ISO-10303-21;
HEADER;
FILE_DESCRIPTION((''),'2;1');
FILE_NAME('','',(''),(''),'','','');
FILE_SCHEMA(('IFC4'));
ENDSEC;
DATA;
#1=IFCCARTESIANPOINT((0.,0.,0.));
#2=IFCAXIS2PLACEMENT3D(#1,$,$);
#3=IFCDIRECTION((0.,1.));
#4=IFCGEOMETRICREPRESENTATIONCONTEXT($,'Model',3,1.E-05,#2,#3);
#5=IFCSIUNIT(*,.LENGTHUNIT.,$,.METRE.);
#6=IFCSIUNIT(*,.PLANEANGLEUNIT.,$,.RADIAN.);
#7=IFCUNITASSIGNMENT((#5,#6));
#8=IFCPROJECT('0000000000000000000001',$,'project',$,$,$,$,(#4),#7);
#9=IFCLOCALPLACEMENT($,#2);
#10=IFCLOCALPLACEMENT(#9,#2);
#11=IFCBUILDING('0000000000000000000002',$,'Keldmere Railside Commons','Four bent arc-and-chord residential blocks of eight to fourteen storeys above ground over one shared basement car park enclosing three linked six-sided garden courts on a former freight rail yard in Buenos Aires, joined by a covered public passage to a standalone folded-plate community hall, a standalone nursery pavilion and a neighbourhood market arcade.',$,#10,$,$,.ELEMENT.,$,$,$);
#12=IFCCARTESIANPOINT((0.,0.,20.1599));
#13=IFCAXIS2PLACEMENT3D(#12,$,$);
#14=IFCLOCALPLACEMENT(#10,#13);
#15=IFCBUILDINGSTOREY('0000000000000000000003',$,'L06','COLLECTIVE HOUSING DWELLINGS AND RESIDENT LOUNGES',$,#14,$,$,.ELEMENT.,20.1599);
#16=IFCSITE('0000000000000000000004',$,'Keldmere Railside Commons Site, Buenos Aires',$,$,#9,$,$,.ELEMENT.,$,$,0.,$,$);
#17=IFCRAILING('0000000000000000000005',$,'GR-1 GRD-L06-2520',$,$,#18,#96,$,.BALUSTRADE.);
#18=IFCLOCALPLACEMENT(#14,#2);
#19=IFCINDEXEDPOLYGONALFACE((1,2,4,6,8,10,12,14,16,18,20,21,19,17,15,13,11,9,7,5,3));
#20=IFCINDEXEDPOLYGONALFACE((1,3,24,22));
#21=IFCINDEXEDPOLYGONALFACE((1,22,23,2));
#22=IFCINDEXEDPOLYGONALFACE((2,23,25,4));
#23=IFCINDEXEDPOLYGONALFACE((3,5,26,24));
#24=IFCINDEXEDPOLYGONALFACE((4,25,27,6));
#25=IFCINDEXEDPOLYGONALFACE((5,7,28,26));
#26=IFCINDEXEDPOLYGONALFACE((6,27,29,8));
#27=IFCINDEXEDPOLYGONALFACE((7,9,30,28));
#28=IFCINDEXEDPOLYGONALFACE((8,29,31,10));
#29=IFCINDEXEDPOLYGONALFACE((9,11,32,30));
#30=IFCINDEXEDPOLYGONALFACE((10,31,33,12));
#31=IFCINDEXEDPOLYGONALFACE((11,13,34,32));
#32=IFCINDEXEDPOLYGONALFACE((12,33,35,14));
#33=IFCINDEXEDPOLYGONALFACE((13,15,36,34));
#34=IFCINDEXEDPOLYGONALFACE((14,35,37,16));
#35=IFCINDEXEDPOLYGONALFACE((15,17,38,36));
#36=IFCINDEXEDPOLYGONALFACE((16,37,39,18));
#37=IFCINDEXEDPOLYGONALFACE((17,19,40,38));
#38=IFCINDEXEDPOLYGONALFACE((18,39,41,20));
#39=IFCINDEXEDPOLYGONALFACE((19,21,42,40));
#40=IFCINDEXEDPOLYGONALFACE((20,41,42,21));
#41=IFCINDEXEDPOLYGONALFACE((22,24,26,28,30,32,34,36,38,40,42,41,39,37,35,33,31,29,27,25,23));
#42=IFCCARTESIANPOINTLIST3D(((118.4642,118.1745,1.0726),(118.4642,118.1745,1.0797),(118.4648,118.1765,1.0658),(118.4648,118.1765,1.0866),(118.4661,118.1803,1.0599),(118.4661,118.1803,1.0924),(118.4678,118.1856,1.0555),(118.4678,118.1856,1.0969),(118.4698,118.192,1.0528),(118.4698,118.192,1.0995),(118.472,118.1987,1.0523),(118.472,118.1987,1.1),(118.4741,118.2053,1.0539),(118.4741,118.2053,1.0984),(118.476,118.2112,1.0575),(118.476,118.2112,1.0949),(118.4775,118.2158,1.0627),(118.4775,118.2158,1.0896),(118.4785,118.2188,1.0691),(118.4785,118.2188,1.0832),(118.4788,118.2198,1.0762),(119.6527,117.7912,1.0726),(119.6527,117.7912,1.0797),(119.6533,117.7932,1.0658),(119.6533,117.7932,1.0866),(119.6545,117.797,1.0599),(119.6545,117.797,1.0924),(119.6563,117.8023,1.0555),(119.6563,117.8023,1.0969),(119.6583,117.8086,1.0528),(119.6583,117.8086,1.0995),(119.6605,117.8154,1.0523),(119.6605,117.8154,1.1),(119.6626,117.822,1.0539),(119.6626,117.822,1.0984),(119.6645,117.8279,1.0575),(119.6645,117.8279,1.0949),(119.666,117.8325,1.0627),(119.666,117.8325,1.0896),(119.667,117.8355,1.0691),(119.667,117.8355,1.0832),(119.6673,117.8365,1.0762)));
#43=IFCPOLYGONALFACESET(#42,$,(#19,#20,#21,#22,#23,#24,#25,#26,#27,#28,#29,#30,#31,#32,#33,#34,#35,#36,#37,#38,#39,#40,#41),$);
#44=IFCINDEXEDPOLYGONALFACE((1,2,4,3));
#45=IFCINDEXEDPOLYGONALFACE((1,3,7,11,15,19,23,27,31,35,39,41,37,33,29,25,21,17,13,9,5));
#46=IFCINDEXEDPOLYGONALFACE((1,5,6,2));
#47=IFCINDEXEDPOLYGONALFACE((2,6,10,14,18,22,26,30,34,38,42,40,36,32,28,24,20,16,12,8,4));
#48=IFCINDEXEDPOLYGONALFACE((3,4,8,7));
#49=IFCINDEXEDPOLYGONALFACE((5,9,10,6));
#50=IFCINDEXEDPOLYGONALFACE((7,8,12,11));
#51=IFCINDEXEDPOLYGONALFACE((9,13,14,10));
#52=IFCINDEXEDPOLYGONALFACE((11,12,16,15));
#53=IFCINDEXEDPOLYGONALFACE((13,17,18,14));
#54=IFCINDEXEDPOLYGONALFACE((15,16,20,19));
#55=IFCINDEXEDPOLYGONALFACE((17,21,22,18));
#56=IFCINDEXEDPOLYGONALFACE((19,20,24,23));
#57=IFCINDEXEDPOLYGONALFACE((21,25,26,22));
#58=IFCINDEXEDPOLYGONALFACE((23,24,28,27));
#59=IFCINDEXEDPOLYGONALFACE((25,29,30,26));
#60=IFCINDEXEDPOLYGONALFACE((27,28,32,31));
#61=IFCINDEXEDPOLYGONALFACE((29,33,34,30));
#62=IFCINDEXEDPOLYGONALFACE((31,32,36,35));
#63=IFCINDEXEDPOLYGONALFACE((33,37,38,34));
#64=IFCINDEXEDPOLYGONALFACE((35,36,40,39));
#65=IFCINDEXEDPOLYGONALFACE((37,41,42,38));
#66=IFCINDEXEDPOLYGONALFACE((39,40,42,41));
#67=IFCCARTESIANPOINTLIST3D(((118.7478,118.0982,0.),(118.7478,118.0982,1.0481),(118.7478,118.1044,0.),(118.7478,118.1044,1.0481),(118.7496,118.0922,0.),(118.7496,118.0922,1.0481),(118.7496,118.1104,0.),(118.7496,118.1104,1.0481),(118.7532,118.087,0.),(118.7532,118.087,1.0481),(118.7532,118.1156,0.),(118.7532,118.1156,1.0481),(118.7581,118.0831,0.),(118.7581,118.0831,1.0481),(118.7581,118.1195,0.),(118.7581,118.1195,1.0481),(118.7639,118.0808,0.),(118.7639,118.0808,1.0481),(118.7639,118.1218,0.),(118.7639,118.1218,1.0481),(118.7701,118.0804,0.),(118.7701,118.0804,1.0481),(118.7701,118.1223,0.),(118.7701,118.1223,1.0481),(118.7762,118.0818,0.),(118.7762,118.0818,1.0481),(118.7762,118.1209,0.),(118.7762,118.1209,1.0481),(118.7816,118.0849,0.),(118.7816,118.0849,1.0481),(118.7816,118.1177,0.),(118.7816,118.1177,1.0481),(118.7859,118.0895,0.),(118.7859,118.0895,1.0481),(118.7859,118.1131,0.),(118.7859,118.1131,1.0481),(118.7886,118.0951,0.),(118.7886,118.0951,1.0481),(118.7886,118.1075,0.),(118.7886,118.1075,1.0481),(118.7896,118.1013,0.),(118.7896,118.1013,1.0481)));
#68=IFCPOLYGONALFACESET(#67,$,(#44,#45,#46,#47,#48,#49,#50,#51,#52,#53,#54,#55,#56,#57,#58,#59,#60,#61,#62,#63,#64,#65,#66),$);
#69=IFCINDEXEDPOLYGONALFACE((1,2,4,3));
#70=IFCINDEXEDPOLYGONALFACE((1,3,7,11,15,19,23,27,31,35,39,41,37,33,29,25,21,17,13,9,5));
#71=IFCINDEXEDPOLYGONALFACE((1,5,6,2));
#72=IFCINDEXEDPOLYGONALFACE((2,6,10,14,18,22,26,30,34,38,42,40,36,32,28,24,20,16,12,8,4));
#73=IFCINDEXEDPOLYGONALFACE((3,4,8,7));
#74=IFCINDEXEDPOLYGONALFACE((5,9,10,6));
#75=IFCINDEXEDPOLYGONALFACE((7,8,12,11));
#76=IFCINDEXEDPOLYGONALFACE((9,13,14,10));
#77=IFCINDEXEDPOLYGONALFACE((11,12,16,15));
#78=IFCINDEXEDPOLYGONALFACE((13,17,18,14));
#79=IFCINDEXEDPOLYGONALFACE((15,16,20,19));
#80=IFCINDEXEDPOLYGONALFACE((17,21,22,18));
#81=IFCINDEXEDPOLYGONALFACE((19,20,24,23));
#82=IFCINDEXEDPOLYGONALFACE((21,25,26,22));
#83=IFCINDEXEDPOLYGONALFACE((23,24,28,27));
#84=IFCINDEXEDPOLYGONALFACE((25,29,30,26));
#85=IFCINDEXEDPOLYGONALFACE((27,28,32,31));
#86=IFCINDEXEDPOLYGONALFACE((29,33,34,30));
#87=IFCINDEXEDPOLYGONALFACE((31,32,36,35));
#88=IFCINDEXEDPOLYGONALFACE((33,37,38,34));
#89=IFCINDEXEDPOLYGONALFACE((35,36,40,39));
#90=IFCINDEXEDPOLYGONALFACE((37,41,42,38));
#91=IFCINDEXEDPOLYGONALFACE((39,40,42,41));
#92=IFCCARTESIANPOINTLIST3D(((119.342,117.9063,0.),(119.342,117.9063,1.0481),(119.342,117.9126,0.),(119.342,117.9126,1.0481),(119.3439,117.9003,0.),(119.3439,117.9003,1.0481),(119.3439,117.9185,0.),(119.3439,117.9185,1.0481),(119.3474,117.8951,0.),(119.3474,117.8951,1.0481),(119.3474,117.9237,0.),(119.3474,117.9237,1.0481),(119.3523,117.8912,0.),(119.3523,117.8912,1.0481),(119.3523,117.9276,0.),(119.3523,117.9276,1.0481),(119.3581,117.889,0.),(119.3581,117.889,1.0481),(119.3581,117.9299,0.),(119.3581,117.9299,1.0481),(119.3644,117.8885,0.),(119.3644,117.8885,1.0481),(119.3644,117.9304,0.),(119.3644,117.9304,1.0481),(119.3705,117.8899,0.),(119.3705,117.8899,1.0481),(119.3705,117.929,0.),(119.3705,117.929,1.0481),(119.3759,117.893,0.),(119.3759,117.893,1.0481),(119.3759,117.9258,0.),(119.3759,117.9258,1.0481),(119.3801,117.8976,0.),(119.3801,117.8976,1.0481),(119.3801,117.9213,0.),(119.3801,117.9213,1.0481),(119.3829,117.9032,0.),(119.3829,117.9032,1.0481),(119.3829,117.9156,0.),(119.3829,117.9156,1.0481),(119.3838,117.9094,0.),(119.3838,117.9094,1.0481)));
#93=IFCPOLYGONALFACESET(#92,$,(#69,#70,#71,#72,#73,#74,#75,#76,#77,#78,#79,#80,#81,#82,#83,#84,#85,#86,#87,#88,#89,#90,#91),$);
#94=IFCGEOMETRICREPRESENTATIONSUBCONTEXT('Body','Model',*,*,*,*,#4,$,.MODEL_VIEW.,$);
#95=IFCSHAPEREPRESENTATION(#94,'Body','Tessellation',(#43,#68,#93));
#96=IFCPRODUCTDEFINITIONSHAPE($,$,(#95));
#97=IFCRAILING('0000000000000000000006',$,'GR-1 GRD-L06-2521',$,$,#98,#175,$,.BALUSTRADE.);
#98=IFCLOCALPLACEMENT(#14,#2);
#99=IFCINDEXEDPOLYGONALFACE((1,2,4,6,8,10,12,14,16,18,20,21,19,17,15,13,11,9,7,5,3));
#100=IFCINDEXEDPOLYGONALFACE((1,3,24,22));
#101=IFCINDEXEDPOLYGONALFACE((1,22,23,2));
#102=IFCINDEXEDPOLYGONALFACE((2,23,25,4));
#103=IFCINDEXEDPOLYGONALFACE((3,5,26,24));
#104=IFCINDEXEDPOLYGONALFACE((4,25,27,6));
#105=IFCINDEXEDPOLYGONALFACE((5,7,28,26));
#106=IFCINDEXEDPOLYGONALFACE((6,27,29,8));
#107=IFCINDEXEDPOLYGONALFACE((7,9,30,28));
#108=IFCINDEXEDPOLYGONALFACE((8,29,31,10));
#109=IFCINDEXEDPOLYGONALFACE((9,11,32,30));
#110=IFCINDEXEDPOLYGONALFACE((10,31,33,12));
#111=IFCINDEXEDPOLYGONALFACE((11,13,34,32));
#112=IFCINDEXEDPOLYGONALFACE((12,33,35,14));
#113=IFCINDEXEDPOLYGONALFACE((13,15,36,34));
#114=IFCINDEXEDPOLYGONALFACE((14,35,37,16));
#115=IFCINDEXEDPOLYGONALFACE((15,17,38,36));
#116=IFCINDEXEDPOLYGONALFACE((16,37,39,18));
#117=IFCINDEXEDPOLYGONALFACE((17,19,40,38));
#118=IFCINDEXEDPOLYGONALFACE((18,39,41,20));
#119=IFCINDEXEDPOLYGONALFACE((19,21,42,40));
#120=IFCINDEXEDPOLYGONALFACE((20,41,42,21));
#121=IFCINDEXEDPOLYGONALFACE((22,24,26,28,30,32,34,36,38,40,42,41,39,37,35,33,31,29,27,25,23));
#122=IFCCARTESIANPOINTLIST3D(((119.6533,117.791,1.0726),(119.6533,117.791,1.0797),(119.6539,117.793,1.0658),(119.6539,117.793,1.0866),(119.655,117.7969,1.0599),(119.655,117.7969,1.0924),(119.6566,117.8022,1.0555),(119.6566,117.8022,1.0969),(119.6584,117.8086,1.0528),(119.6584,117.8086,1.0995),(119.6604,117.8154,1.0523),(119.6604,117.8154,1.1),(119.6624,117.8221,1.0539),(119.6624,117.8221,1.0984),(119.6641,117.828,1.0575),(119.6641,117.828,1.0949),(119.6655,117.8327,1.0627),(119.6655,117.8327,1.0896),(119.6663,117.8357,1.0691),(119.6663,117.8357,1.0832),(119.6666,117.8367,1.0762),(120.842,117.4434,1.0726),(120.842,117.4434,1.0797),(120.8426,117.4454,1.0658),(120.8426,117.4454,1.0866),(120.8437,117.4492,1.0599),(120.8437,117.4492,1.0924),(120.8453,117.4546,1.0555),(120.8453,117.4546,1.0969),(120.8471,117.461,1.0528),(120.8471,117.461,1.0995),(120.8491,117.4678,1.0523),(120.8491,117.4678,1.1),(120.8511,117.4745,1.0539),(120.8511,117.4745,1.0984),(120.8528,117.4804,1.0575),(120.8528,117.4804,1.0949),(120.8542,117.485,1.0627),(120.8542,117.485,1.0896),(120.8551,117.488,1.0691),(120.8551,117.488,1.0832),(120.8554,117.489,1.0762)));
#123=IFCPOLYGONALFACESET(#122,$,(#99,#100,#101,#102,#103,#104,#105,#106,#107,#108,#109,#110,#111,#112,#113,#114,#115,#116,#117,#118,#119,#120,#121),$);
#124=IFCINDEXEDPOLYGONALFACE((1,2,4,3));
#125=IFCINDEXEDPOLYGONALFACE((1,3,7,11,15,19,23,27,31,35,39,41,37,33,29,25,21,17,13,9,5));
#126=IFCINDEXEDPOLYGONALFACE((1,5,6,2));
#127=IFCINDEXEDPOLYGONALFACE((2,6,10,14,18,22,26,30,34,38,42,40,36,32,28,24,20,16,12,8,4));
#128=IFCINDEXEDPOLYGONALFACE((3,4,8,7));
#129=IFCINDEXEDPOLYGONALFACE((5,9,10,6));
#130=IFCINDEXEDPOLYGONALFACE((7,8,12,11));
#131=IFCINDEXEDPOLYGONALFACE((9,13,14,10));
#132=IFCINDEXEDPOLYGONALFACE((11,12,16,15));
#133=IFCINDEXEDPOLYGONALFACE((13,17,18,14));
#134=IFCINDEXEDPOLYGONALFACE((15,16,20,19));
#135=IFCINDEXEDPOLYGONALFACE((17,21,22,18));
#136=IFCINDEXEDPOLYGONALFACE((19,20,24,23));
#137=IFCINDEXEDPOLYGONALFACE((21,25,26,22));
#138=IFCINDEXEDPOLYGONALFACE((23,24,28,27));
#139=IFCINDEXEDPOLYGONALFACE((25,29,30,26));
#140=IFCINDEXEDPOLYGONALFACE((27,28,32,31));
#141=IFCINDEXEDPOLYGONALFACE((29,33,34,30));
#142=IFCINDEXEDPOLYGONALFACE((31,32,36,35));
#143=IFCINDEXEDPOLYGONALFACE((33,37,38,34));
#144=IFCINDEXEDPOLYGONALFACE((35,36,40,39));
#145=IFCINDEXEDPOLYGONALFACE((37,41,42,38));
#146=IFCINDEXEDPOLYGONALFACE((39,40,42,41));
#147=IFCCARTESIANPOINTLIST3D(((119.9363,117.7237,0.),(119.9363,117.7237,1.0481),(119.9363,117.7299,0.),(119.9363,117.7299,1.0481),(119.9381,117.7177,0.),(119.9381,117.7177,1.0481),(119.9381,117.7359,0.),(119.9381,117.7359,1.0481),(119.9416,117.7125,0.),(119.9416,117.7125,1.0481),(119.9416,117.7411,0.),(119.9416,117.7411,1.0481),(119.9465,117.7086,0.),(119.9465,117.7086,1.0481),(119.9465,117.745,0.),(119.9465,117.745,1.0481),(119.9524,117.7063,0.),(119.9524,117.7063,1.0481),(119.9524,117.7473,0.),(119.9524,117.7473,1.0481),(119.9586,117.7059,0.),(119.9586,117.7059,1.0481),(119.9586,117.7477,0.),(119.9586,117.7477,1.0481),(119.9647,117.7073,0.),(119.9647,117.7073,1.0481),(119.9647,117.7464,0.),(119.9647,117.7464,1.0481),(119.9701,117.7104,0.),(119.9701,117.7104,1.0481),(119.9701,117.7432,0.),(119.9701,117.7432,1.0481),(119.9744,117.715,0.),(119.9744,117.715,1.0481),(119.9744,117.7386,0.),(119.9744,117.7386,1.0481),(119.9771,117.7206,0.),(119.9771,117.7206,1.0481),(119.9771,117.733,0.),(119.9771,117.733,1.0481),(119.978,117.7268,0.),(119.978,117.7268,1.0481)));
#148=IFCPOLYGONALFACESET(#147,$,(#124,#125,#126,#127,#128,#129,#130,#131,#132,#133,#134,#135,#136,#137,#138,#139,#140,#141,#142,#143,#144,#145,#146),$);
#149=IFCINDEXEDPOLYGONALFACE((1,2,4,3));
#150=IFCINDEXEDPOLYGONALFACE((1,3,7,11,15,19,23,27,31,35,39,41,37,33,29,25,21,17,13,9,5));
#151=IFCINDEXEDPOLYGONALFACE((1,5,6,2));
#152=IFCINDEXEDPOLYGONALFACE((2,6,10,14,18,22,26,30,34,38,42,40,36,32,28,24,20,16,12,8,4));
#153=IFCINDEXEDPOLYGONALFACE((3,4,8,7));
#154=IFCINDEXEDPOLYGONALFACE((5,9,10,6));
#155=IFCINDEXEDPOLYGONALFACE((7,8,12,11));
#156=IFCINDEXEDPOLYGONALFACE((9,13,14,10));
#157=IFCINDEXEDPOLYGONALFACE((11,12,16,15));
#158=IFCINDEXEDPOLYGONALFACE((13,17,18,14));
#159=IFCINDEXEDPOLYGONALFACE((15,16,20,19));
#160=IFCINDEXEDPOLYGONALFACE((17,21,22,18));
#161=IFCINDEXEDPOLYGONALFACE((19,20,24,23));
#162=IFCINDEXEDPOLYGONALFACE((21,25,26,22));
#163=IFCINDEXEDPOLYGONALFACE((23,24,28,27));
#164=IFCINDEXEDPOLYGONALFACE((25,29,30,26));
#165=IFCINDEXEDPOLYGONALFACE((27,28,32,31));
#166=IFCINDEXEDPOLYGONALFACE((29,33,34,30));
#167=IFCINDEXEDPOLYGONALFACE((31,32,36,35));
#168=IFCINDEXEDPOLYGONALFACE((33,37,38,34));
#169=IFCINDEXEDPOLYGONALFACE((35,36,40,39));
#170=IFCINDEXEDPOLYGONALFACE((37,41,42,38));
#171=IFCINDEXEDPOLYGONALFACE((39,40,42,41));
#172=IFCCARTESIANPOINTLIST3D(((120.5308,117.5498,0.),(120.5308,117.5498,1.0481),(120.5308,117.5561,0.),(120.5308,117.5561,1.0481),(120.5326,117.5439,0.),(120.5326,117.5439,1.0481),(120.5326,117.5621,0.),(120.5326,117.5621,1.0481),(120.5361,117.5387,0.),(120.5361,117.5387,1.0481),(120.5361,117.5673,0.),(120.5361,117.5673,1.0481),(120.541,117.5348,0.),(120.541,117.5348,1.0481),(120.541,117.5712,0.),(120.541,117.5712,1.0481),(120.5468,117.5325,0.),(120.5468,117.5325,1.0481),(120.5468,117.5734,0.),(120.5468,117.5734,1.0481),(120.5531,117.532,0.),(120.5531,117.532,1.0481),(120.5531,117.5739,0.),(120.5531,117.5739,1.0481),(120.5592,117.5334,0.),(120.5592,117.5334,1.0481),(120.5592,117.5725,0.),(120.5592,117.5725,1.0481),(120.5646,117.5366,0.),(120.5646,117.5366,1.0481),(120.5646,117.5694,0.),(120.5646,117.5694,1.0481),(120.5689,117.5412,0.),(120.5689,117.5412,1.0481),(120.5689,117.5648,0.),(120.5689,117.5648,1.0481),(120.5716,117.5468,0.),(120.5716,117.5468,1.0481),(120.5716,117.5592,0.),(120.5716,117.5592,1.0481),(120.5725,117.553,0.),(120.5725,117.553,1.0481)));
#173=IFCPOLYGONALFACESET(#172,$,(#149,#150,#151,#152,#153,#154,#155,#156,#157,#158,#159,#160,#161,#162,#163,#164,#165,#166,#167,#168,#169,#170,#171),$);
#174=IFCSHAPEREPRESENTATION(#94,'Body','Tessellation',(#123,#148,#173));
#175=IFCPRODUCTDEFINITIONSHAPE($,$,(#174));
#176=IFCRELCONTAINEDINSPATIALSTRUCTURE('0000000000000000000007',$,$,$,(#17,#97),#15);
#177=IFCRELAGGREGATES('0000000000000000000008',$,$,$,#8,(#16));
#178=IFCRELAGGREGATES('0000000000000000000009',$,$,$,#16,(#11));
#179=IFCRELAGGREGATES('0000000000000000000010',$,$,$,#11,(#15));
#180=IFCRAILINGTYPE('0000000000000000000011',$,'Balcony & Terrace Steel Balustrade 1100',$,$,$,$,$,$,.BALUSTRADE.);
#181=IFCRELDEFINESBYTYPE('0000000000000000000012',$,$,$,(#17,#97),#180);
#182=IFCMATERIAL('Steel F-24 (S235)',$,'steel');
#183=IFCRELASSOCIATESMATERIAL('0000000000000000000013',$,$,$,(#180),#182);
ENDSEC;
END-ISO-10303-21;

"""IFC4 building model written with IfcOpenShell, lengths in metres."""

from ifc_helpers import new_model, si_unit, direction, frame, origin, origin_2d, place, context, subcontext, project, spatial, circle, extrude, material, type_object, element, save


model = new_model("IFC4")

# Units and contexts
model_context = context("Model", 3, precision=1e-05, world=origin(), true_north=direction((0.0, 1.0)))
body_context = subcontext(model_context, "Body", "Model", "MODEL_VIEW")
ifc_project = project(units=[si_unit("LENGTHUNIT", "METRE"), si_unit("PLANEANGLEUNIT", "RADIAN")], contexts=[model_context])

# Site, building, storey
site_placement = place(None, origin())
site = spatial("IfcSite", under=ifc_project, at=site_placement, Name="Keldmere Railside Commons Site, Buenos Aires", CompositionType="ELEMENT", RefElevation=0.0)
building_placement = place(site_placement, origin())
building = spatial("IfcBuilding", under=site, at=building_placement, Name="Keldmere Railside Commons", Description="Four bent arc-and-chord residential blocks of eight to fourteen storeys above ground over one shared basement car park enclosing three linked six-sided garden courts on a former freight rail yard in Buenos Aires, joined by a covered public passage to a standalone folded-plate community hall, a standalone nursery pavilion and a neighbourhood market arcade.", CompositionType="ELEMENT")
storey_placement = place(building_placement, frame((0.0, 0.0, 20.1599)))
storey = spatial("IfcBuildingStorey", under=building, at=storey_placement, Name="L06", Description="COLLECTIVE HOUSING DWELLINGS AND RESIDENT LOUNGES", CompositionType="ELEMENT", Elevation=20.1599)

# Railings
ifc_material_1 = material(Name="Steel F-24 (S235)", Category="steel")
railing_type = type_object("IfcRailingType", Name="Balcony & Terrace Steel Balustrade 1100", PredefinedType="BALUSTRADE", material=ifc_material_1)
railing_1_placement = place(storey_placement, frame((118.4714, 118.197, 0.0)))
element("IfcRailing", 1, at=railing_1_placement, inside=storey, type_object=railing_type, Name="GR-1 GRD-L06-2520", PredefinedType="BALUSTRADE", context=body_context, shape_type="SweptSolid", body=[
    extrude(circle(Radius=0.0239, at=origin_2d()), frame((0.0, 0.0, 1.0762), z_axis=(0.951727, -0.306946, 0.0), x_axis=(0.306946, 0.951727, 0.0)), (0.0, 0.0, 1.0), 1.2488),
    extrude(circle(Radius=0.021, at=origin_2d()), frame((0.2971, -0.0957, 0.0)), (0.0, 0.0, 1.0), 1.0481),
    extrude(circle(Radius=0.021, at=origin_2d()), frame((0.8914, -0.2876, 0.0)), (0.0, 0.0, 1.0), 1.0481),
])
railing_2_placement = place(storey_placement, frame((119.6599, 117.8137, 0.0)))
element("IfcRailing", 2, at=railing_2_placement, inside=storey, type_object=railing_type, Name="GR-1 GRD-L06-2521", PredefinedType="BALUSTRADE", context=body_context, shape_type="SweptSolid", body=[
    extrude(circle(Radius=0.0239, at=origin_2d()), frame((0.0, 0.0, 1.0762), z_axis=(0.959794, -0.280704, 0.0), x_axis=(0.280704, 0.959794, 0.0)), (0.0, 0.0, 1.0), 1.2385),
    extrude(circle(Radius=0.021, at=origin_2d()), frame((0.2971, -0.0869, 0.0)), (0.0, 0.0, 1.0), 1.0481),
    extrude(circle(Radius=0.021, at=origin_2d()), frame((0.8916, -0.2607, 0.0)), (0.0, 0.0, 1.0), 1.0481),
])

save(model, "model.ifc")
